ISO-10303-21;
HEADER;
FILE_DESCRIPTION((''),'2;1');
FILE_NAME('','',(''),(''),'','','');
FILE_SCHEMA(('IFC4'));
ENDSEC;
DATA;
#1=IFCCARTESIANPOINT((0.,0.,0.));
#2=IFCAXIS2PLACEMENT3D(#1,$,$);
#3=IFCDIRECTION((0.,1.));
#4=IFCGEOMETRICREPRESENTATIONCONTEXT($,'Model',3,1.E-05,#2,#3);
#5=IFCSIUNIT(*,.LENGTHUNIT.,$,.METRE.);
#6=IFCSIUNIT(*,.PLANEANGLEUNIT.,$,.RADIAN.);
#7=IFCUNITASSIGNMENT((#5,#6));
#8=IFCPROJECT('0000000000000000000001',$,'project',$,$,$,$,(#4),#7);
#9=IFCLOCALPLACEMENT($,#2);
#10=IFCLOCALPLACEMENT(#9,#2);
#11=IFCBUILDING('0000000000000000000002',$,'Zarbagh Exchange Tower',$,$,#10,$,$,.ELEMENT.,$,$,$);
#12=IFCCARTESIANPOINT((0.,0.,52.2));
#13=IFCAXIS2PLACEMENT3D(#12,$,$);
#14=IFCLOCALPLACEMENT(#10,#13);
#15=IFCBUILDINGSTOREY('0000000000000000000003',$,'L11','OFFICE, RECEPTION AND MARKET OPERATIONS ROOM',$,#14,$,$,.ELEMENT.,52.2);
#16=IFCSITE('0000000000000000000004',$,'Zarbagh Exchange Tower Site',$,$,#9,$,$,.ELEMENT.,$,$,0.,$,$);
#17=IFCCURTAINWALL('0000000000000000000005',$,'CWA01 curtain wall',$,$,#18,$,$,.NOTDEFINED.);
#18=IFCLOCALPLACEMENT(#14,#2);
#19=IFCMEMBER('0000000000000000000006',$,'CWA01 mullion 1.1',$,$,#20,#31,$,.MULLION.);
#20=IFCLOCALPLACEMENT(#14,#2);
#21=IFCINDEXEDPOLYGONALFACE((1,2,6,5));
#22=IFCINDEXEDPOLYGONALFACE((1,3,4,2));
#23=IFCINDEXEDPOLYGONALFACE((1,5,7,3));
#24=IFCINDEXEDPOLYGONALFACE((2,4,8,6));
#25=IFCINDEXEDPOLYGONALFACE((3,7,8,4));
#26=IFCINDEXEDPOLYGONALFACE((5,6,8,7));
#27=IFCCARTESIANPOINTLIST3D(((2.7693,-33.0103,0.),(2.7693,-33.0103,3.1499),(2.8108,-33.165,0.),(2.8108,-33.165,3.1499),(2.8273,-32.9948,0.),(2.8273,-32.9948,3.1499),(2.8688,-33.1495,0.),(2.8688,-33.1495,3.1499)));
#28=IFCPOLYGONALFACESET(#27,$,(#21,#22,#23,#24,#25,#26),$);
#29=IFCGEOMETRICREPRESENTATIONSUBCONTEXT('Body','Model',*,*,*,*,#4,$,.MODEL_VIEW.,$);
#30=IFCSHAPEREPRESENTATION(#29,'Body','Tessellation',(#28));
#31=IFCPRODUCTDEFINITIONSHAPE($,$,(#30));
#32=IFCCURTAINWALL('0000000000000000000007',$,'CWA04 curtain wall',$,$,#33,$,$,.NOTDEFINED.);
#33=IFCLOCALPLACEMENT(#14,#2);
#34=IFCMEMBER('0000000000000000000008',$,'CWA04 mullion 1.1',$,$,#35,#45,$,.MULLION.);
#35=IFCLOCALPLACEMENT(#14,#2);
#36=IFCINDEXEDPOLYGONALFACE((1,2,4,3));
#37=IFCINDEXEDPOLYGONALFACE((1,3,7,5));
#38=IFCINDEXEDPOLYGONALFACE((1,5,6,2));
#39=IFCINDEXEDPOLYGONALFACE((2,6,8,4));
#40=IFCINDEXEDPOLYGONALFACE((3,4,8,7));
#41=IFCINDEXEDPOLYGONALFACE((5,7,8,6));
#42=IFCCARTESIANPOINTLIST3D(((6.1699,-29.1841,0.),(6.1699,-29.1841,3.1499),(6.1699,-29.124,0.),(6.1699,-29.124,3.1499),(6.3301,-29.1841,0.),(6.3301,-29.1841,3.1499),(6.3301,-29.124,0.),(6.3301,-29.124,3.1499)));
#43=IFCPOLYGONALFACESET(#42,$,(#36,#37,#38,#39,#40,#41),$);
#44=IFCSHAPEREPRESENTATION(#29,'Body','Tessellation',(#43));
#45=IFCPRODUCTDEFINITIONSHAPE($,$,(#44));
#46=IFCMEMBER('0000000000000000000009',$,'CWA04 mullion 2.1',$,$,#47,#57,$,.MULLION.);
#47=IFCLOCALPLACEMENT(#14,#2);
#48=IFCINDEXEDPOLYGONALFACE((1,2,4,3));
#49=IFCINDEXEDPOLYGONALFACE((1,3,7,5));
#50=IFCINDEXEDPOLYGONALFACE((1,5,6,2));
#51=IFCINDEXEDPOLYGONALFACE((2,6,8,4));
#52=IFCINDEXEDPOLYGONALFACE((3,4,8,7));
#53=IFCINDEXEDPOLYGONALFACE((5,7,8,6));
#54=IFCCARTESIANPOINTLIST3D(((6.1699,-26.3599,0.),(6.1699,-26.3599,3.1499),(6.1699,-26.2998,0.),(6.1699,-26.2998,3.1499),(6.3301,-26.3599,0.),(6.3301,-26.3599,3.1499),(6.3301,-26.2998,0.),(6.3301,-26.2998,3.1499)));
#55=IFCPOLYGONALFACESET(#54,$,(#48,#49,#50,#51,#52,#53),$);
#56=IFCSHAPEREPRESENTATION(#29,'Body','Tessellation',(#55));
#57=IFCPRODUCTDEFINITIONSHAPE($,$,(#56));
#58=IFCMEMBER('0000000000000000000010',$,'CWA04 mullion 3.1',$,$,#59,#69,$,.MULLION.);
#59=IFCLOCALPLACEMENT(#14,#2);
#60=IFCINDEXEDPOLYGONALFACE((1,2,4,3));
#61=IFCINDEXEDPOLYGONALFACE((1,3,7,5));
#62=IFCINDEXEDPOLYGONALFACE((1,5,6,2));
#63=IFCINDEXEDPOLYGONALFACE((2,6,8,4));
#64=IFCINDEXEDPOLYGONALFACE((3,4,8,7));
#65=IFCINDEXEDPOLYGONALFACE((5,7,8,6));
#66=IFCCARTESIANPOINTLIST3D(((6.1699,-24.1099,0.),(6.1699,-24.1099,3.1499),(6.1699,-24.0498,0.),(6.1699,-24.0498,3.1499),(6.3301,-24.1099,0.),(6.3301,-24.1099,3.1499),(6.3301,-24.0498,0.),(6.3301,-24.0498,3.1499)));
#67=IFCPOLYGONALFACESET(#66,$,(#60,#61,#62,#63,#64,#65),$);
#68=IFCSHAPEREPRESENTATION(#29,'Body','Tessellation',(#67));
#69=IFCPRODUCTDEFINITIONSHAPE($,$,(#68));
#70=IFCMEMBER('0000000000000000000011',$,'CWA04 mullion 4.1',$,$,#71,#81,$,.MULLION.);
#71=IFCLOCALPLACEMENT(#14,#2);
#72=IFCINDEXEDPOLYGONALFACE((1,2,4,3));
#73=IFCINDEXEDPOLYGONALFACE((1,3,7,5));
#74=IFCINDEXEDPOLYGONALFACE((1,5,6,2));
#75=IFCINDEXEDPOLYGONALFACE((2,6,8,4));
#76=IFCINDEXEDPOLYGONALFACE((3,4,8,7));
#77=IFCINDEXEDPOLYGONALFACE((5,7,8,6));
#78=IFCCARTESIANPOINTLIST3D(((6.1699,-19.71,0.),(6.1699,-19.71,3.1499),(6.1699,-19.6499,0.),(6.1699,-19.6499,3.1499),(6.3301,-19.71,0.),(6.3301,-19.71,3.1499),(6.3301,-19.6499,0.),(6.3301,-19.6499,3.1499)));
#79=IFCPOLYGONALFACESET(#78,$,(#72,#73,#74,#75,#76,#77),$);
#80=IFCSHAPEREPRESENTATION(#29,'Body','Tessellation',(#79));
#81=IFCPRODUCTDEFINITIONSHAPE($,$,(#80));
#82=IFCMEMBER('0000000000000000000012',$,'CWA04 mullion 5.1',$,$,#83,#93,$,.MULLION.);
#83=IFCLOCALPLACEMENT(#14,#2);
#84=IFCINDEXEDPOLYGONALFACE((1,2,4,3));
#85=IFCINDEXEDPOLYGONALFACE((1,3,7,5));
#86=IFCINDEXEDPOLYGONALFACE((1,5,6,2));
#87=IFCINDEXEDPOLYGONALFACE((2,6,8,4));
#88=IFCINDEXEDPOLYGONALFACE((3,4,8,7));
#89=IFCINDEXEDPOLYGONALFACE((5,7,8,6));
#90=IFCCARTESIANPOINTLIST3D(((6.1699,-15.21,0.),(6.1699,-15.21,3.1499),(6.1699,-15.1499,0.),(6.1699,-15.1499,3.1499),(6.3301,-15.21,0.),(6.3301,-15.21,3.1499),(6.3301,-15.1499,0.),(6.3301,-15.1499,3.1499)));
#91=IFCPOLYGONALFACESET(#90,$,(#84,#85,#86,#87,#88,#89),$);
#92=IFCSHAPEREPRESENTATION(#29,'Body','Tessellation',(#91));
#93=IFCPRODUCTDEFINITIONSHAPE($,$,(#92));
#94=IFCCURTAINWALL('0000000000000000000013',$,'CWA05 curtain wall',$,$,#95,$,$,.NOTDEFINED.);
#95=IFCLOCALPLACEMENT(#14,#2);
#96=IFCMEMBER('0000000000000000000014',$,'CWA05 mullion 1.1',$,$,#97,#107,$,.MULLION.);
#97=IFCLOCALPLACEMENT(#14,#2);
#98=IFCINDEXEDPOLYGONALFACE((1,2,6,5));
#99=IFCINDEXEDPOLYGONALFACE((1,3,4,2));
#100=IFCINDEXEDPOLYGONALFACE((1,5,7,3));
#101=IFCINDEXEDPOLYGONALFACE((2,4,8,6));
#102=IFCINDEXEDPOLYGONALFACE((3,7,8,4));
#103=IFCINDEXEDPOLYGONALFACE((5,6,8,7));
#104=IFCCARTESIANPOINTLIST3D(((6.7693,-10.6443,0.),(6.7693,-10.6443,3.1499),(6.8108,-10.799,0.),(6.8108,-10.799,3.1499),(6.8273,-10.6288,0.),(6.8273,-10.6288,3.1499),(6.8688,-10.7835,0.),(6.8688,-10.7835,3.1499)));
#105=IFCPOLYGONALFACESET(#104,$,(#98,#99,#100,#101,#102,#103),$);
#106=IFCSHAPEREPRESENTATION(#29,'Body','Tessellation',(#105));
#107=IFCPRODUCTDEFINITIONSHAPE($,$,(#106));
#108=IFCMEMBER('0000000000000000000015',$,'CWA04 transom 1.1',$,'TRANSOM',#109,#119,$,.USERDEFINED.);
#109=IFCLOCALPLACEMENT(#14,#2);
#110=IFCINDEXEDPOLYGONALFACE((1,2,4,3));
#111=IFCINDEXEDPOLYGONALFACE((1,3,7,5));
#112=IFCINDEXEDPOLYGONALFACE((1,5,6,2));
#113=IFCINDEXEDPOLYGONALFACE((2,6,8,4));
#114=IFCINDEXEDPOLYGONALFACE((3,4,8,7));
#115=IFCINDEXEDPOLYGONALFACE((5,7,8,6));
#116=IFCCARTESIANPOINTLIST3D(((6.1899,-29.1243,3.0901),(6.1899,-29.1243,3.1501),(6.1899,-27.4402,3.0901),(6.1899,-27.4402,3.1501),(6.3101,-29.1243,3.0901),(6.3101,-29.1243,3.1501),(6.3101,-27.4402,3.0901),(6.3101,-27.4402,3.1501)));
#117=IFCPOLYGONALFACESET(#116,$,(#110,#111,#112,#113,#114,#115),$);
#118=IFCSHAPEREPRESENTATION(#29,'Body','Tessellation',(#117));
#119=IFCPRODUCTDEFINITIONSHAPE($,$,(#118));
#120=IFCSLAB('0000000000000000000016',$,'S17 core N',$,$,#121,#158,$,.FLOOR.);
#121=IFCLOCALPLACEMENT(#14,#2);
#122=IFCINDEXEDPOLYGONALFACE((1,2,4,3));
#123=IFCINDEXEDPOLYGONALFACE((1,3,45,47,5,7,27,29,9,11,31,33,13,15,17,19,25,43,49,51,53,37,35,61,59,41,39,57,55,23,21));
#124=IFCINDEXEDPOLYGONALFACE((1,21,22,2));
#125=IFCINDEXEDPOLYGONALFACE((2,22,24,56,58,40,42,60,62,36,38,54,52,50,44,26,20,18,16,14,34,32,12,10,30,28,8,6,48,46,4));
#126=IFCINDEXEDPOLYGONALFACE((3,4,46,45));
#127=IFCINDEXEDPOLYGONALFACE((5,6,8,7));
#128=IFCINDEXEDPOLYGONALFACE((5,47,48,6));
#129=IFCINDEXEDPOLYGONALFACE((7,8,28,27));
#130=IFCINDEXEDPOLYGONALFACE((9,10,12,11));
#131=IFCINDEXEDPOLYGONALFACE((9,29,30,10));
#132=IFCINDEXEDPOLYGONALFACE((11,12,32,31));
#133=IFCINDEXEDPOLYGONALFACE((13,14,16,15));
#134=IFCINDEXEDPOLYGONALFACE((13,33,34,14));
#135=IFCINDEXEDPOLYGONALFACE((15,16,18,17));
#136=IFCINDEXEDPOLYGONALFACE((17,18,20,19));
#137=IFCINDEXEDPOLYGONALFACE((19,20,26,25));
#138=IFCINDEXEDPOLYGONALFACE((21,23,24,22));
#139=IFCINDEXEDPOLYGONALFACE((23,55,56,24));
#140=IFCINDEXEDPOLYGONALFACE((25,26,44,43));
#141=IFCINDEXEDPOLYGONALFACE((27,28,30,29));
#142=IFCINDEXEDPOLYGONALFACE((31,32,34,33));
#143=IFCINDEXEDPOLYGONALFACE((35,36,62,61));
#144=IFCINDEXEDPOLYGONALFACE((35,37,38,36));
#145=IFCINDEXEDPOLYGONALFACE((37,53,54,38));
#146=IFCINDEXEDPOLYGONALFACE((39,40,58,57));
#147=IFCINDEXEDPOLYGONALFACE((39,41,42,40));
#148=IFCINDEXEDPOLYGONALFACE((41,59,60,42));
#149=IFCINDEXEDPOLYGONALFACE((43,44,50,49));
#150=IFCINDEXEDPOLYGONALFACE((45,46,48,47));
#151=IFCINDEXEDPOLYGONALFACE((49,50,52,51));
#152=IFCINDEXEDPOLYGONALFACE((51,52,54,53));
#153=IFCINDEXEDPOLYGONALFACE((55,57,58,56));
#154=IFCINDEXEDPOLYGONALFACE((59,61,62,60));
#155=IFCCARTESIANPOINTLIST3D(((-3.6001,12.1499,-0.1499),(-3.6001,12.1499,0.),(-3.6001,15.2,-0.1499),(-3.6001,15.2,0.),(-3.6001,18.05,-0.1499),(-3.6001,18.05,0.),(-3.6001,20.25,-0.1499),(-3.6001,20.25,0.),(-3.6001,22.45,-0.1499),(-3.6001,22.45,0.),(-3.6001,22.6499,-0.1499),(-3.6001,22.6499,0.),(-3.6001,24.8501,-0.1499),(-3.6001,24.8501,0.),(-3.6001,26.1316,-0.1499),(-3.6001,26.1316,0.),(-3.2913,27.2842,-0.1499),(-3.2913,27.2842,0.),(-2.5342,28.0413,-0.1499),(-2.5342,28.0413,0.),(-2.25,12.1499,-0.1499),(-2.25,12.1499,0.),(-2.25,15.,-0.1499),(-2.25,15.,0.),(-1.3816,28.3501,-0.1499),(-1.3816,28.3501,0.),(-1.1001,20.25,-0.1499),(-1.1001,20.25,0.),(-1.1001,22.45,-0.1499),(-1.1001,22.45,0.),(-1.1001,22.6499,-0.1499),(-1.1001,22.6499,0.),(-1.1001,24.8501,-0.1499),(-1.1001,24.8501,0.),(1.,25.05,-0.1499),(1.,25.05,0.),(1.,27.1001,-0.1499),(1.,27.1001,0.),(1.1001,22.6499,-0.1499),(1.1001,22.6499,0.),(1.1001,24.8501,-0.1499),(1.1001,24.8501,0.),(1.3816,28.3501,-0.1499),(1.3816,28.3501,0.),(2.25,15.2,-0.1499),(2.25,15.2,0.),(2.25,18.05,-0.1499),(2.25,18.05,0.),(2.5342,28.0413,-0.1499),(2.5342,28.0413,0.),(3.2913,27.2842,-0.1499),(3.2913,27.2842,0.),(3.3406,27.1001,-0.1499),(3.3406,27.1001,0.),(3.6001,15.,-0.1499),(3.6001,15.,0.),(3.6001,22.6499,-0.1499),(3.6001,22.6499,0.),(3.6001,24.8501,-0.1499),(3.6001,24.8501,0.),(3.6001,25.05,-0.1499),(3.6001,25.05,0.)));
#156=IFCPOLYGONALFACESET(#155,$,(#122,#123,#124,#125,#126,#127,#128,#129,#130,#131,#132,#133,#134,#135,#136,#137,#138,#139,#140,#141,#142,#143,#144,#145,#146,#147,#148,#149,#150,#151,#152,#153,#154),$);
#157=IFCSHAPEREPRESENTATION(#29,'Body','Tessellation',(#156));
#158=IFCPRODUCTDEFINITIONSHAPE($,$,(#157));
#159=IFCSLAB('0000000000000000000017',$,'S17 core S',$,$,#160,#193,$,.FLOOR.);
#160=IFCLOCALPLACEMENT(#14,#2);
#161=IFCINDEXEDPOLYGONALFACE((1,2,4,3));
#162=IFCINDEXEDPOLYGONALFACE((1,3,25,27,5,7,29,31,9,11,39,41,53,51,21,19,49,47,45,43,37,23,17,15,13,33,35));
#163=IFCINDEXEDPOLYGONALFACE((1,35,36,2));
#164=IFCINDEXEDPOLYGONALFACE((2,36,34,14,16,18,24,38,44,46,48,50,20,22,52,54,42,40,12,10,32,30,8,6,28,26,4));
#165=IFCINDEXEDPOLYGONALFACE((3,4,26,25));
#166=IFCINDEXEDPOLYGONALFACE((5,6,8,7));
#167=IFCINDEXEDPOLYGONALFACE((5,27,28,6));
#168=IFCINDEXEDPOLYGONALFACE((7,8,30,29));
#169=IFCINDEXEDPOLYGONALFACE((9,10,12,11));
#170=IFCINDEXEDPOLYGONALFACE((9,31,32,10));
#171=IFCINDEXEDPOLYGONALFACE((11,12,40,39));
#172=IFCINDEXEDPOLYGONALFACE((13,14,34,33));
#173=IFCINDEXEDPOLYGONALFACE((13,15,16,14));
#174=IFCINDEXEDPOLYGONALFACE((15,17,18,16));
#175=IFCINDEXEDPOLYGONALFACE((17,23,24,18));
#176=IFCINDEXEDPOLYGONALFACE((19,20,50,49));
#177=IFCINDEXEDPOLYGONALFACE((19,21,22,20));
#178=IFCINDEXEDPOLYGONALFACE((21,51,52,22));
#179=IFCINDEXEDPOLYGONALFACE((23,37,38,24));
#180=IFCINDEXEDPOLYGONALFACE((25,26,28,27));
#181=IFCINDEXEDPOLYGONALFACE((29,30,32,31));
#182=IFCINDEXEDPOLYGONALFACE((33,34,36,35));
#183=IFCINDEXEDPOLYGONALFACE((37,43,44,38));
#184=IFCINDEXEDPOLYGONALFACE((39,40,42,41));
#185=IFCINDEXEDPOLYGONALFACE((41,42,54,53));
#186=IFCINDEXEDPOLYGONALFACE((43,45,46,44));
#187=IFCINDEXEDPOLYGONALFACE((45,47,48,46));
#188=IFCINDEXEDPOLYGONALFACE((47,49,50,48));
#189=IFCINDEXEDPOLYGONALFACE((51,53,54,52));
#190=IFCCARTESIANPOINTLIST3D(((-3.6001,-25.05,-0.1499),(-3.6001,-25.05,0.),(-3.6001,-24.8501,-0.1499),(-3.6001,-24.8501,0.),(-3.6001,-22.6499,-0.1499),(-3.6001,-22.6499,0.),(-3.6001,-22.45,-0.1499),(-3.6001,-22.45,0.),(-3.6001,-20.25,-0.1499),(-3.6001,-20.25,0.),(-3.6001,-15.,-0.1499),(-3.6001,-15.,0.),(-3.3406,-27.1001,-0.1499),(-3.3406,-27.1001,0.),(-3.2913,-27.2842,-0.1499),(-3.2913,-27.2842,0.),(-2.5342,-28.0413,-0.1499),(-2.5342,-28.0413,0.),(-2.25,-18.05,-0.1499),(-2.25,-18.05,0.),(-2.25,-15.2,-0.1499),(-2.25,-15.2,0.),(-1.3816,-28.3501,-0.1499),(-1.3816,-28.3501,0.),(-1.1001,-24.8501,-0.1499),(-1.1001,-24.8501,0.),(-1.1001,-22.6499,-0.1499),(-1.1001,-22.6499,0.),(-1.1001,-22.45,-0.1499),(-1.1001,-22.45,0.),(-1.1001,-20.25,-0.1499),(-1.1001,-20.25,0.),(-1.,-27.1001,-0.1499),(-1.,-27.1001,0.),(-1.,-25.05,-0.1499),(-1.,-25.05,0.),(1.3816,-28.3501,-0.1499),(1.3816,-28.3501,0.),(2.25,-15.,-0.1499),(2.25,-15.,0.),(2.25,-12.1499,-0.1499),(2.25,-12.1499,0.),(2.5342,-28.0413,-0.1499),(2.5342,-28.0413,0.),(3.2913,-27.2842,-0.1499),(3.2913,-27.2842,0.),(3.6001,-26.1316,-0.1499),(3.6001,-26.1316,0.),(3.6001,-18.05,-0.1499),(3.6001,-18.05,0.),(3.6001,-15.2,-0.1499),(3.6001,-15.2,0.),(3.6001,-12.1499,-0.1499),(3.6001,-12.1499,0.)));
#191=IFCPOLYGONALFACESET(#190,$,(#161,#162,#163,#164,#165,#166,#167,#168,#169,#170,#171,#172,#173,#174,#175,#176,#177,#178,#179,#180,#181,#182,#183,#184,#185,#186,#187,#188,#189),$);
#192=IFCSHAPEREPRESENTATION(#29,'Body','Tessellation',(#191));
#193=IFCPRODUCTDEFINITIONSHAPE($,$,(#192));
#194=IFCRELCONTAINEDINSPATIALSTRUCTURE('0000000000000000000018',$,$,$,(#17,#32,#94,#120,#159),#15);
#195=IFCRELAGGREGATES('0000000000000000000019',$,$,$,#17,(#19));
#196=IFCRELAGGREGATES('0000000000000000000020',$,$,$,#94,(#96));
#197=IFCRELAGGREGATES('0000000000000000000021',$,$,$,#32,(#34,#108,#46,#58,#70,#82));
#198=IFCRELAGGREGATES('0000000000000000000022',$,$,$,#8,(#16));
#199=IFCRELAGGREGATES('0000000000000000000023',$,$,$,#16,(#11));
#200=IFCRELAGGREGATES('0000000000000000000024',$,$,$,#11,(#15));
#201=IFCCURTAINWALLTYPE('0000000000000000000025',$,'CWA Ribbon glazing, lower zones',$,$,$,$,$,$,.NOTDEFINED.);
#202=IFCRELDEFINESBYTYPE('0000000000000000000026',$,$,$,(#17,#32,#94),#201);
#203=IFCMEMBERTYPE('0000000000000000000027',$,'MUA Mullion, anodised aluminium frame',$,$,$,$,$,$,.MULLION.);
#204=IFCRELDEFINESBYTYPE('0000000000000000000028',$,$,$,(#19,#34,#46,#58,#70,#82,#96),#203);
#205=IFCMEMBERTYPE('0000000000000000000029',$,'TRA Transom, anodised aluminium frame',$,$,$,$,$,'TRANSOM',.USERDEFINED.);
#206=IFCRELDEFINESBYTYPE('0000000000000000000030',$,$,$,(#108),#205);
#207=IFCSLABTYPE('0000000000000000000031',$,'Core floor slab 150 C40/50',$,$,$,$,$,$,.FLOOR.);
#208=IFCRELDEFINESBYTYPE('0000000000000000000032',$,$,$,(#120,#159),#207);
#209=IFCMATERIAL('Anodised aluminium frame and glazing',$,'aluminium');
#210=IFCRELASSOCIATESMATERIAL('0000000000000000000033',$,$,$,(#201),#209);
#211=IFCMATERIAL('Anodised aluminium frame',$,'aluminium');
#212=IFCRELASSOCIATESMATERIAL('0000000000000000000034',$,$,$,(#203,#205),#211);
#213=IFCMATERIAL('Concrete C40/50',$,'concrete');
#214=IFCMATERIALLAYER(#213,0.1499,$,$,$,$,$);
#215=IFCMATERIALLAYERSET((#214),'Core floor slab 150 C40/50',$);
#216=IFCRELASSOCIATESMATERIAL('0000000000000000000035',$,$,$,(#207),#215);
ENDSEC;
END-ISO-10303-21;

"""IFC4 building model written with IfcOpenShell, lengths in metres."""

from ifc_helpers import new_model, si_unit, direction, frame, origin, place, context, subcontext, project, spatial, polyline, outline, extrude, source, transform, mapped, material, layer, layer_set, type_object, element, aggregate, save


model = new_model("IFC4")

# Units and contexts
model_context = context("Model", 3, precision=1e-05, world=origin(), true_north=direction((0.0, 1.0)))
body_context = subcontext(model_context, "Body", "Model", "MODEL_VIEW")
ifc_project = project(units=[si_unit("LENGTHUNIT", "METRE"), si_unit("PLANEANGLEUNIT", "RADIAN")], contexts=[model_context])

# Site, building, storey
site_placement = place(None, origin())
site = spatial("IfcSite", under=ifc_project, at=site_placement, Name="Zarbagh Exchange Tower Site", CompositionType="ELEMENT", RefElevation=0.0)
building_placement = place(site_placement, origin())
building = spatial("IfcBuilding", under=site, at=building_placement, Name="Zarbagh Exchange Tower", CompositionType="ELEMENT")
storey_placement = place(building_placement, frame((0.0, 0.0, 52.2)))
storey = spatial("IfcBuildingStorey", under=building, at=storey_placement, Name="L11", Description="OFFICE, RECEPTION AND MARKET OPERATIONS ROOM", CompositionType="ELEMENT", Elevation=52.2)

# Curtain wall, member
ifc_material_1 = material(Name="Anodised aluminium frame and glazing", Category="aluminium")
curtain_wall_type = type_object("IfcCurtainWallType", Name="CWA Ribbon glazing, lower zones", PredefinedType="NOTDEFINED", material=ifc_material_1)
curtain_wall_1_placement = place(storey_placement, origin())
curtain_wall_1 = element("IfcCurtainWall", 1, at=curtain_wall_1_placement, inside=storey, type_object=curtain_wall_type, Name="CWA01 curtain wall", PredefinedType="NOTDEFINED")
ifc_material_2 = material(Name="Anodised aluminium frame", Category="aluminium")
member_type_1 = type_object("IfcMemberType", Name="MUA Mullion, anodised aluminium frame", PredefinedType="MULLION", material=ifc_material_2)
shared_shape_1 = source(origin(), body_context, "Body", "SweptSolid", [
    extrude(outline(polyline([(0.0, -0.0801), (0.0601, -0.0801), (0.0601, 0.0801), (0.0, 0.0801), (0.0, -0.0801)])), origin(), (0.0, 0.0, 1.0), 3.1499),
])
placement = place(storey_placement, origin())
member_1 = element("IfcMember", 2, at=placement, type_object=member_type_1, Name="CWA01 mullion 1.1", PredefinedType="MULLION", context=body_context, shape_type="MappedRepresentation", body=[
    mapped(shared_shape_1, transform((2.79, -33.0876, 0.0), x_axis=(0.965924, 0.258825, 0.0), y_axis=(-0.258825, 0.965924, 0.0), z_axis=(0.0, 0.0, 1.0))),
])

# Curtain wall, members
curtain_wall_2_placement = place(storey_placement, origin())
curtain_wall_2 = element("IfcCurtainWall", 3, at=curtain_wall_2_placement, inside=storey, type_object=curtain_wall_type, Name="CWA04 curtain wall", PredefinedType="NOTDEFINED")
member_2 = element("IfcMember", 4, at=placement, type_object=member_type_1, Name="CWA04 mullion 1.1", PredefinedType="MULLION", context=body_context, shape_type="MappedRepresentation", body=[
    mapped(shared_shape_1, transform((6.25, -29.1841, 0.0), x_axis=(0.0, 1.0, 0.0), y_axis=(-1.0, 0.0, 0.0), z_axis=(0.0, 0.0, 1.0))),
])
member_3 = element("IfcMember", 5, at=placement, type_object=member_type_1, Name="CWA04 mullion 2.1", PredefinedType="MULLION", context=body_context, shape_type="MappedRepresentation", body=[
    mapped(shared_shape_1, transform((6.25, -26.3599, 0.0), x_axis=(0.0, 1.0, 0.0), y_axis=(-1.0, 0.0, 0.0), z_axis=(0.0, 0.0, 1.0))),
])
member_4 = element("IfcMember", 6, at=placement, type_object=member_type_1, Name="CWA04 mullion 3.1", PredefinedType="MULLION", context=body_context, shape_type="MappedRepresentation", body=[
    mapped(shared_shape_1, transform((6.25, -24.1099, 0.0), x_axis=(0.0, 1.0, 0.0), y_axis=(-1.0, 0.0, 0.0), z_axis=(0.0, 0.0, 1.0))),
])
member_5 = element("IfcMember", 7, at=placement, type_object=member_type_1, Name="CWA04 mullion 4.1", PredefinedType="MULLION", context=body_context, shape_type="MappedRepresentation", body=[
    mapped(shared_shape_1, transform((6.25, -19.71, 0.0), x_axis=(0.0, 1.0, 0.0), y_axis=(-1.0, 0.0, 0.0), z_axis=(0.0, 0.0, 1.0))),
])
member_6 = element("IfcMember", 8, at=placement, type_object=member_type_1, Name="CWA04 mullion 5.1", PredefinedType="MULLION", context=body_context, shape_type="MappedRepresentation", body=[
    mapped(shared_shape_1, transform((6.25, -15.21, 0.0), x_axis=(0.0, 1.0, 0.0), y_axis=(-1.0, 0.0, 0.0), z_axis=(0.0, 0.0, 1.0))),
])

# Curtain wall, member
curtain_wall_3_placement = place(storey_placement, origin())
curtain_wall_3 = element("IfcCurtainWall", 9, at=curtain_wall_3_placement, inside=storey, type_object=curtain_wall_type, Name="CWA05 curtain wall", PredefinedType="NOTDEFINED")
member_7 = element("IfcMember", 10, at=placement, type_object=member_type_1, Name="CWA05 mullion 1.1", PredefinedType="MULLION", context=body_context, shape_type="MappedRepresentation", body=[
    mapped(shared_shape_1, transform((6.79, -10.7217, 0.0), x_axis=(0.965924, 0.258825, 0.0), y_axis=(-0.258825, 0.965924, 0.0), z_axis=(0.0, 0.0, 1.0))),
])

# Member
member_type_2 = type_object("IfcMemberType", Name="TRA Transom, anodised aluminium frame", ElementType="TRANSOM", PredefinedType="USERDEFINED", material=ifc_material_2)
shared_shape_2 = source(origin(), body_context, "Body", "SweptSolid", [
    extrude(outline(polyline([(-0.0601, -0.0601), (0.0, -0.0601), (0.0, 0.0601), (-0.0601, 0.0601), (-0.0601, -0.0601)])), origin(), (0.0, 0.0, 1.0), 1.6841),
])
member_8 = element("IfcMember", 11, at=placement, type_object=member_type_2, Name="CWA04 transom 1.1", ObjectType="TRANSOM", PredefinedType="USERDEFINED", context=body_context, shape_type="MappedRepresentation", body=[
    mapped(shared_shape_2, transform((6.25, -29.1243, 3.1501), x_axis=(0.0, 0.0, 1.0), y_axis=(1.0, 0.0, 0.0), z_axis=(0.0, 1.0, 0.0))),
])

# Slabs
ifc_material_3 = material(Name="Concrete C40/50", Category="concrete")
ifc_layer_1 = layer(ifc_material_3, 0.1499)
ifc_layer_set_1 = layer_set([ifc_layer_1], Name="Core floor slab 150 C40/50")
slab_type = type_object("IfcSlabType", Name="Core floor slab 150 C40/50", PredefinedType="FLOOR", material=ifc_layer_set_1)
slab_1_placement = place(storey_placement, frame((0.0, 0.0, -0.1499)))
element("IfcSlab", 12, at=slab_1_placement, inside=storey, type_object=slab_type, Name="S17 core N", PredefinedType="FLOOR", context=body_context, shape_type="SweptSolid", body=[
    extrude(outline(polyline([(-3.6001, 12.1499), (-3.6001, 15.2), (2.25, 15.2), (2.25, 18.05), (-3.6001, 18.05), (-3.6001, 20.25), (-1.1001, 20.25), (-1.1001, 22.45), (-3.6001, 22.45), (-3.6001, 22.6499), (-1.1001, 22.6499), (-1.1001, 24.8501), (-3.6001, 24.8501), (-3.6001, 26.1316), (-3.2913, 27.2842), (-2.5342, 28.0413), (-1.3816, 28.3501), (1.3816, 28.3501), (2.5342, 28.0413), (3.2913, 27.2842), (3.3406, 27.1001), (1.0, 27.1001), (1.0, 25.05), (3.6001, 25.05), (3.6001, 24.8501), (1.1001, 24.8501), (1.1001, 22.6499), (3.6001, 22.6499), (3.6001, 15.0), (-2.25, 15.0), (-2.25, 12.1499), (-3.6001, 12.1499)])), origin(), (0.0, 0.0, 1.0), 0.1499),
])
slab_2_placement = place(storey_placement, frame((0.0, 0.0, -0.1499)))
element("IfcSlab", 13, at=slab_2_placement, inside=storey, type_object=slab_type, Name="S17 core S", PredefinedType="FLOOR", context=body_context, shape_type="SweptSolid", body=[
    extrude(outline(polyline([(-2.5342, -28.0413), (-3.2913, -27.2842), (-3.3406, -27.1001), (-1.0, -27.1001), (-1.0, -25.05), (-3.6001, -25.05), (-3.6001, -24.8501), (-1.1001, -24.8501), (-1.1001, -22.6499), (-3.6001, -22.6499), (-3.6001, -22.45), (-1.1001, -22.45), (-1.1001, -20.25), (-3.6001, -20.25), (-3.6001, -15.0), (2.25, -15.0), (2.25, -12.1499), (3.6001, -12.1499), (3.6001, -15.2), (-2.25, -15.2), (-2.25, -18.05), (3.6001, -18.05), (3.6001, -26.1316), (3.2913, -27.2842), (2.5342, -28.0413), (1.3816, -28.3501), (-1.3816, -28.3501), (-2.5342, -28.0413)])), origin(), (0.0, 0.0, 1.0), 0.1499),
])

aggregate(curtain_wall_1, [member_1])

aggregate(curtain_wall_3, [member_7])
aggregate(curtain_wall_2, [member_2, member_8, member_3, member_4, member_5, member_6])

save(model, "model.ifc")
